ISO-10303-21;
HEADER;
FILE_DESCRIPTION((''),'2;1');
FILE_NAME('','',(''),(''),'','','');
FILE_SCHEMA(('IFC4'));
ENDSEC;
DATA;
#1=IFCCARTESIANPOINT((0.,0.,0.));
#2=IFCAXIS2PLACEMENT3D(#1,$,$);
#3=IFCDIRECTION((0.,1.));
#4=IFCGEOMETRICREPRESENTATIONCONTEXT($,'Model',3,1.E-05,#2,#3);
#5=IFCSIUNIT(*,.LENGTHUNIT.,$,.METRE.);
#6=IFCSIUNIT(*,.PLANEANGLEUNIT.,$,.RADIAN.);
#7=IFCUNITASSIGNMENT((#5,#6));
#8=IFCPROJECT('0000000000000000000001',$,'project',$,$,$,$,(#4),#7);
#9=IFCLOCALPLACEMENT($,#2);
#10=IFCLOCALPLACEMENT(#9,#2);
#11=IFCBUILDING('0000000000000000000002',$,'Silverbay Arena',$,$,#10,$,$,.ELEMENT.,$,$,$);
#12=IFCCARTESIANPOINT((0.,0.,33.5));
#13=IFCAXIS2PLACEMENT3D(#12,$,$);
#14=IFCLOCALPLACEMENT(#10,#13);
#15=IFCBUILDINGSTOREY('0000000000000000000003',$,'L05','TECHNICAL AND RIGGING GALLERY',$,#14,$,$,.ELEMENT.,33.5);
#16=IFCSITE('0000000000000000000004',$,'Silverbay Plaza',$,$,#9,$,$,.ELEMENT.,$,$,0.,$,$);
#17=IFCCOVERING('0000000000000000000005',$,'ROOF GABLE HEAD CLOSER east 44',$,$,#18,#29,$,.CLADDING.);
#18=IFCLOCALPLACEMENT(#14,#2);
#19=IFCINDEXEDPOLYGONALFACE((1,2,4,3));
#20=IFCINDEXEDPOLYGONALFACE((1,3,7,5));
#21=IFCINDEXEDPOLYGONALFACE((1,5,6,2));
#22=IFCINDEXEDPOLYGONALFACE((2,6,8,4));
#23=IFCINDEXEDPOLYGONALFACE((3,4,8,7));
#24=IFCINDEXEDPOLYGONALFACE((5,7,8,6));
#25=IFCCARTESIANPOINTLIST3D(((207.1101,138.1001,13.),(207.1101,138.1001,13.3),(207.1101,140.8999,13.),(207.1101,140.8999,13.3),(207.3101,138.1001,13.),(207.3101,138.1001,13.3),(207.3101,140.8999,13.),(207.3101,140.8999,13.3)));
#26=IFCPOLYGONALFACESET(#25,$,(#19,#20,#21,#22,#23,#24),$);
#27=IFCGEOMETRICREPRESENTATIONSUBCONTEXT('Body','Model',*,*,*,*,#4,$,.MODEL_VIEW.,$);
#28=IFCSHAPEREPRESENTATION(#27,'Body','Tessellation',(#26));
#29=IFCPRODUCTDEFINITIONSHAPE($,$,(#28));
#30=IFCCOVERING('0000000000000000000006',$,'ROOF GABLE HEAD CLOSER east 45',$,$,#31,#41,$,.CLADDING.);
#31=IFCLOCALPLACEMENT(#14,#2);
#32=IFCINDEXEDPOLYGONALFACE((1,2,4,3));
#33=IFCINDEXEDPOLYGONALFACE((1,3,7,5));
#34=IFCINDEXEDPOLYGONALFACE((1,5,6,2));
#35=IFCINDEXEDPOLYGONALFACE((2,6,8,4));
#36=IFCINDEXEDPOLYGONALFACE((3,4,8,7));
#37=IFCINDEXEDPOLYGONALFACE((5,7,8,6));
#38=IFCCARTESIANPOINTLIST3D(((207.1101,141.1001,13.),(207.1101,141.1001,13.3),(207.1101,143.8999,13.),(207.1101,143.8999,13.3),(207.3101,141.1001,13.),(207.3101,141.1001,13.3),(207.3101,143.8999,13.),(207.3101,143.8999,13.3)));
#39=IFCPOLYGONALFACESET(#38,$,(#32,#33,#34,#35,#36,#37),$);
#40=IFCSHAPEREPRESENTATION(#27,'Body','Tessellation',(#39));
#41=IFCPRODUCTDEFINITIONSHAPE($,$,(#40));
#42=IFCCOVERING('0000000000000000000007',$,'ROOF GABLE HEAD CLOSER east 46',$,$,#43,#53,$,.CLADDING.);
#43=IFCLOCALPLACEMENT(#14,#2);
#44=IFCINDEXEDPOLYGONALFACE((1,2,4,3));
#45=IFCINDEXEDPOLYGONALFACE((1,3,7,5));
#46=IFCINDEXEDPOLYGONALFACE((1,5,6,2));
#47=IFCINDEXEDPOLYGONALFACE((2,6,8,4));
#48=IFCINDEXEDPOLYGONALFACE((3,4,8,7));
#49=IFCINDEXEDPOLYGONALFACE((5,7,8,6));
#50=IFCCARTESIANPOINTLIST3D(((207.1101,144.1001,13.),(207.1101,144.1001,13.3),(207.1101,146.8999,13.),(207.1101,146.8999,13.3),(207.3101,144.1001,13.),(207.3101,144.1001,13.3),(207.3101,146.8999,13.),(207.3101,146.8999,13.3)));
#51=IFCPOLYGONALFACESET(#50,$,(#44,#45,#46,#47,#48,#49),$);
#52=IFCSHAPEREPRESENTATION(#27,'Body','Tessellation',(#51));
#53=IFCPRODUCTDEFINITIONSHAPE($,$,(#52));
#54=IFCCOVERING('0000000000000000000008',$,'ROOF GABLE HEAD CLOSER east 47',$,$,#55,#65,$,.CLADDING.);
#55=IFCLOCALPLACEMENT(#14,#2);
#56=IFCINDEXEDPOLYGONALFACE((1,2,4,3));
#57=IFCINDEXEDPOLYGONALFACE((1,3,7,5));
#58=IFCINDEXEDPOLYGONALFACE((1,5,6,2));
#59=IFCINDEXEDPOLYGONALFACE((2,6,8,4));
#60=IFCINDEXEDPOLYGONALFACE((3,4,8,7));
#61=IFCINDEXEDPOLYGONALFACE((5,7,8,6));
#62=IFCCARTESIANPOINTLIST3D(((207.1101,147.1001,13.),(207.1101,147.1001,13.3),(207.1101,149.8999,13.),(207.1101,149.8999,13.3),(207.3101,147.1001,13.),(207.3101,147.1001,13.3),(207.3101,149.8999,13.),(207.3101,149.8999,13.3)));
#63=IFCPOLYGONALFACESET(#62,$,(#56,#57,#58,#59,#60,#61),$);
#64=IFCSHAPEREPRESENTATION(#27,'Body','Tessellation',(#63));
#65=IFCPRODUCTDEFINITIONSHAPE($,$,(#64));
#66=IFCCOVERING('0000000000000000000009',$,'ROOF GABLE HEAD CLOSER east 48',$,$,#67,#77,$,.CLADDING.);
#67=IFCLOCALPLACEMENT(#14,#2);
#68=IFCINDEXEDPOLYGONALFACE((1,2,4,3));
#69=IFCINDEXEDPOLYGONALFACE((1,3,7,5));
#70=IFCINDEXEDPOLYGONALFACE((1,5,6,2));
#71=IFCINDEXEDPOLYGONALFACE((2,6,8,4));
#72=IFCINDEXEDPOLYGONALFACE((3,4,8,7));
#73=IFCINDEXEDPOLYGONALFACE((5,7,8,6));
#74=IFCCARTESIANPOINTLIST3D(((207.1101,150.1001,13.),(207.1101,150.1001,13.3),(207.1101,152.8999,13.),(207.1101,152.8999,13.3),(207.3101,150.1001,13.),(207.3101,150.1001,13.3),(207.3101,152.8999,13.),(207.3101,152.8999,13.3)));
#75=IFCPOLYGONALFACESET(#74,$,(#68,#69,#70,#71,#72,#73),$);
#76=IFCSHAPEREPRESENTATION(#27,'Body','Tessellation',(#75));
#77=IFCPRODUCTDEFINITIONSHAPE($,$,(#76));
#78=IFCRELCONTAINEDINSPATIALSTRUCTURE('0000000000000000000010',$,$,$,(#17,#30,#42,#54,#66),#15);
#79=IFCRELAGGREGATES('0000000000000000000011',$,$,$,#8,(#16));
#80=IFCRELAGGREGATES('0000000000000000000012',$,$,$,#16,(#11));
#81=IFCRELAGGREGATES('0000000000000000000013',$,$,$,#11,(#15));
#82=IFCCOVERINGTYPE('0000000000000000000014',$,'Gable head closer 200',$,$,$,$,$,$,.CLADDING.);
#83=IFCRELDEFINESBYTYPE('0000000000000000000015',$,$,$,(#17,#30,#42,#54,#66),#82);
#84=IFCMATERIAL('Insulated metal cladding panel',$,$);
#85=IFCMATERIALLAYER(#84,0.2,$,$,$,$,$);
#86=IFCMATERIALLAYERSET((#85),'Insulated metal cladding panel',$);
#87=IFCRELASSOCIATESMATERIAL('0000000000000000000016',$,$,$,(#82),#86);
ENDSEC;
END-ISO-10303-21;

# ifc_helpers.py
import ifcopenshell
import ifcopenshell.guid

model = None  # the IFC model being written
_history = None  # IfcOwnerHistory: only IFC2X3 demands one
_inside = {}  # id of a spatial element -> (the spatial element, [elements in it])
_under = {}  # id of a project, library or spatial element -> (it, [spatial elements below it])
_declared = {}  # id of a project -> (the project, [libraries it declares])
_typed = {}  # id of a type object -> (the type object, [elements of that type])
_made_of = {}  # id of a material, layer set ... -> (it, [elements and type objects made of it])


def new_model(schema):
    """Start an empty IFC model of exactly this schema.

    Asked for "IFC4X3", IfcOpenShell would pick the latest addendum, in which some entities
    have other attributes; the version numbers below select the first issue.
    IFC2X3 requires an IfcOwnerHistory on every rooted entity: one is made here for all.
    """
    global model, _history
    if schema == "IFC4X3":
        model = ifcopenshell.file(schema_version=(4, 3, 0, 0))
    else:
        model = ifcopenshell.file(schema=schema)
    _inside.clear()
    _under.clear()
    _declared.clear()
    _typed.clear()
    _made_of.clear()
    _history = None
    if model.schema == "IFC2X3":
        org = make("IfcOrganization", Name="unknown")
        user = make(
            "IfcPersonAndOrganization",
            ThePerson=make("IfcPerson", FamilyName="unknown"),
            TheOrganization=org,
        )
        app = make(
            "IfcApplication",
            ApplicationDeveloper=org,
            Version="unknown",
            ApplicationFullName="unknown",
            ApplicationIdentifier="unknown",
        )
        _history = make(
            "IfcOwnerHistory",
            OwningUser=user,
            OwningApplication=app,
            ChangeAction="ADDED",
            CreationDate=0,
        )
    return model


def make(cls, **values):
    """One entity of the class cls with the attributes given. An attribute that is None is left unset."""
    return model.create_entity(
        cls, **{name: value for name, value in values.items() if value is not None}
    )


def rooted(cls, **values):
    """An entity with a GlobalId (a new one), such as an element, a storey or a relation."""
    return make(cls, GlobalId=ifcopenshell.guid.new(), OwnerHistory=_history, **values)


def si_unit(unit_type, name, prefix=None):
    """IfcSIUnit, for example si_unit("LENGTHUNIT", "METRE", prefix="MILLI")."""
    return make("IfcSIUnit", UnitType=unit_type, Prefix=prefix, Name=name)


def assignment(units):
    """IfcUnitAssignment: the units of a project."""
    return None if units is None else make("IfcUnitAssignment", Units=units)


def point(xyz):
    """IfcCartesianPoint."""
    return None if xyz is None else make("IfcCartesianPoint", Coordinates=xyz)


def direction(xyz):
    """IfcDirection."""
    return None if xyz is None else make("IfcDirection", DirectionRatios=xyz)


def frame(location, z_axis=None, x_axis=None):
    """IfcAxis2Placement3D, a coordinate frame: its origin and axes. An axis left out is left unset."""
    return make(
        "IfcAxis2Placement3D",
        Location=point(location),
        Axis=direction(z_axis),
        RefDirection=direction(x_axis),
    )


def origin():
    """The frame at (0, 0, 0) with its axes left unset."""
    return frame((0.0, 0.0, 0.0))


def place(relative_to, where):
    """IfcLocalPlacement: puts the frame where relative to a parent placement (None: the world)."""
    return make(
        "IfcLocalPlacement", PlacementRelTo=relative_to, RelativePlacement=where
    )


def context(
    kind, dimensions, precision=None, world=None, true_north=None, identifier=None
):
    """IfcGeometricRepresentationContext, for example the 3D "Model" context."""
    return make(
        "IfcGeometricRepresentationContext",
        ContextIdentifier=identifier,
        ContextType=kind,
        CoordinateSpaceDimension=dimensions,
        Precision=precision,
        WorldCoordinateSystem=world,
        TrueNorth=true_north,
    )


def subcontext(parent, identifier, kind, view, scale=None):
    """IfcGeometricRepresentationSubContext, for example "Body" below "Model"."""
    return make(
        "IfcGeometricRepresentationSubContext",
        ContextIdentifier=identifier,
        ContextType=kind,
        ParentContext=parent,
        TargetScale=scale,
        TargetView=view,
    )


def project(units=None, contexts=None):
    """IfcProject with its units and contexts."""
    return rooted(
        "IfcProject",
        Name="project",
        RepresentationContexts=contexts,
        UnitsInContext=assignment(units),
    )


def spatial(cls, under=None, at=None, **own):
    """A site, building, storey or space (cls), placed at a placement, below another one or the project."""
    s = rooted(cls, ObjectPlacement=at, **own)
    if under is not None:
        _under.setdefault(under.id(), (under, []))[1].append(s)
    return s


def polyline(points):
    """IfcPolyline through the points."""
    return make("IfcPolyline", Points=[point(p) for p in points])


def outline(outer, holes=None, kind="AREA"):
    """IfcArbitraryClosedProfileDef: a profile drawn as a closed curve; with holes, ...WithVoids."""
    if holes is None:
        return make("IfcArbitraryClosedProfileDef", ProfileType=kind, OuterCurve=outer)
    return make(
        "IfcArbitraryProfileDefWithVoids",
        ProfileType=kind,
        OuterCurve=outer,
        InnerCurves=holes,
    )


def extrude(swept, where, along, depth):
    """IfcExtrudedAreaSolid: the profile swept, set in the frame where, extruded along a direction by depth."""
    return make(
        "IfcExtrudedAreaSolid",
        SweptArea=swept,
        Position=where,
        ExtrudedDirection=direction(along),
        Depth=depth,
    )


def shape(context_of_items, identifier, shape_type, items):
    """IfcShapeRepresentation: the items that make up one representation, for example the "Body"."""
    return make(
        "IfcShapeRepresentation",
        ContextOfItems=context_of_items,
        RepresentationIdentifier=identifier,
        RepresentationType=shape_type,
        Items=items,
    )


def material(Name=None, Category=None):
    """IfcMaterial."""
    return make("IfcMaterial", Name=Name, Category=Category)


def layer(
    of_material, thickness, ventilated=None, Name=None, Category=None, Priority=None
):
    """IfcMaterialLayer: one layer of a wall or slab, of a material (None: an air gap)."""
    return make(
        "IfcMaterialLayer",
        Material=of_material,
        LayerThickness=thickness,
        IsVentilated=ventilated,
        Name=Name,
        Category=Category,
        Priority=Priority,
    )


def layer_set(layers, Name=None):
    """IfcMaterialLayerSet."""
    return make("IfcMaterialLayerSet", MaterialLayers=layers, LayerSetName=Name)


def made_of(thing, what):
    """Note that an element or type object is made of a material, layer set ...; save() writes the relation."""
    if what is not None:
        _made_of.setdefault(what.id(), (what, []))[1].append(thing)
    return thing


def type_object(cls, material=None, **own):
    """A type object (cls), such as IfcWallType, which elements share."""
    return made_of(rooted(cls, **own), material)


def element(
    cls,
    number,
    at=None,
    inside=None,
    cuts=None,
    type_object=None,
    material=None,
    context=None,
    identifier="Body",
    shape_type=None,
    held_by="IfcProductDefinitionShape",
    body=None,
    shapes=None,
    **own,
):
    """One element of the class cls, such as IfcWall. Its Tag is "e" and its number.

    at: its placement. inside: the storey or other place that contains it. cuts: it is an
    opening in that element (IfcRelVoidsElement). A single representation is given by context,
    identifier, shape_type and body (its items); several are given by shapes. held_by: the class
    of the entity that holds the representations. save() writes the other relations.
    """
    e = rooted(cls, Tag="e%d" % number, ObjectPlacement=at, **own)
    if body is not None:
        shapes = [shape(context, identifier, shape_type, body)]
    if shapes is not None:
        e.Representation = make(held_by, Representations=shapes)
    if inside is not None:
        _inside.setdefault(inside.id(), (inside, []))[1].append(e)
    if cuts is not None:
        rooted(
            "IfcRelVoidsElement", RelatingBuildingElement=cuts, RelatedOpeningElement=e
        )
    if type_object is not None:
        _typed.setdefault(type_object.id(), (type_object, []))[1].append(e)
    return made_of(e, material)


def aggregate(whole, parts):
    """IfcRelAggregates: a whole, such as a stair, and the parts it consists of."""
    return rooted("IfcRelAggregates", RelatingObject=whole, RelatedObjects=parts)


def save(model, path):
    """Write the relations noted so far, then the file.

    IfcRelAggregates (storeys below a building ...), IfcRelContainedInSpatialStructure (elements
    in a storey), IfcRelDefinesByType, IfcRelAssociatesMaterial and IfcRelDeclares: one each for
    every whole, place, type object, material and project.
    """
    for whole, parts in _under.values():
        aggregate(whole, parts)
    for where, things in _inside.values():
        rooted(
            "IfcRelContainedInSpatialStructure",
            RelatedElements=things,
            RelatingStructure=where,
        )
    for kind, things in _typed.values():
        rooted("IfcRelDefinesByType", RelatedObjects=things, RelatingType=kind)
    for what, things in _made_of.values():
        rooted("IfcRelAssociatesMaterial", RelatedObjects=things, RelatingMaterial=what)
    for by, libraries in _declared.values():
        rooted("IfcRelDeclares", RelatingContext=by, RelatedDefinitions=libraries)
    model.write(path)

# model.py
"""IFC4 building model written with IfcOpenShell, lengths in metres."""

from ifc_helpers import new_model, si_unit, direction, frame, origin, place, context, subcontext, project, spatial, polyline, outline, extrude, material, layer, layer_set, type_object, element, save


model = new_model("IFC4")

# Units and contexts
model_context = context("Model", 3, precision=1e-05, world=origin(), true_north=direction((0.0, 1.0)))
body_context = subcontext(model_context, "Body", "Model", "MODEL_VIEW")
ifc_project = project(units=[si_unit("LENGTHUNIT", "METRE"), si_unit("PLANEANGLEUNIT", "RADIAN")], contexts=[model_context])

# Site, building, storey
site_placement = place(None, origin())
site = spatial("IfcSite", under=ifc_project, at=site_placement, Name="Silverbay Plaza", CompositionType="ELEMENT", RefElevation=0.0)
building_placement = place(site_placement, origin())
building = spatial("IfcBuilding", under=site, at=building_placement, Name="Silverbay Arena", CompositionType="ELEMENT")
storey_placement = place(building_placement, frame((0.0, 0.0, 33.5)))
storey = spatial("IfcBuildingStorey", under=building, at=storey_placement, Name="L05", Description="TECHNICAL AND RIGGING GALLERY", CompositionType="ELEMENT", Elevation=33.5)

# Coverings
ifc_material_1 = material(Name="Insulated metal cladding panel")
ifc_layer_1 = layer(ifc_material_1, 0.2)
ifc_layer_set_1 = layer_set([ifc_layer_1], Name="Insulated metal cladding panel")
covering_type = type_object("IfcCoveringType", Name="Gable head closer 200", PredefinedType="CLADDING", material=ifc_layer_set_1)
covering_1_placement = place(storey_placement, frame((0.0, 0.0, 13.0)))
element("IfcCovering", 1, at=covering_1_placement, inside=storey, type_object=covering_type, Name="ROOF GABLE HEAD CLOSER east 44", PredefinedType="CLADDING", context=body_context, shape_type="SweptSolid", body=[
    extrude(outline(polyline([(207.1101, 138.1001), (207.3101, 138.1001), (207.3101, 140.8999), (207.1101, 140.8999), (207.1101, 138.1001)])), origin(), (0.0, 0.0, 1.0), 0.3),
])
covering_2_placement = place(storey_placement, frame((0.0, 0.0, 13.0)))
element("IfcCovering", 2, at=covering_2_placement, inside=storey, type_object=covering_type, Name="ROOF GABLE HEAD CLOSER east 45", PredefinedType="CLADDING", context=body_context, shape_type="SweptSolid", body=[
    extrude(outline(polyline([(207.1101, 141.1001), (207.3101, 141.1001), (207.3101, 143.8999), (207.1101, 143.8999), (207.1101, 141.1001)])), origin(), (0.0, 0.0, 1.0), 0.3),
])
covering_3_placement = place(storey_placement, frame((0.0, 0.0, 13.0)))
element("IfcCovering", 3, at=covering_3_placement, inside=storey, type_object=covering_type, Name="ROOF GABLE HEAD CLOSER east 46", PredefinedType="CLADDING", context=body_context, shape_type="SweptSolid", body=[
    extrude(outline(polyline([(207.1101, 144.1001), (207.3101, 144.1001), (207.3101, 146.8999), (207.1101, 146.8999), (207.1101, 144.1001)])), origin(), (0.0, 0.0, 1.0), 0.3),
])
covering_4_placement = place(storey_placement, frame((0.0, 0.0, 13.0)))
element("IfcCovering", 4, at=covering_4_placement, inside=storey, type_object=covering_type, Name="ROOF GABLE HEAD CLOSER east 47", PredefinedType="CLADDING", context=body_context, shape_type="SweptSolid", body=[
    extrude(outline(polyline([(207.1101, 147.1001), (207.3101, 147.1001), (207.3101, 149.8999), (207.1101, 149.8999), (207.1101, 147.1001)])), origin(), (0.0, 0.0, 1.0), 0.3),
])
covering_5_placement = place(storey_placement, frame((0.0, 0.0, 13.0)))
element("IfcCovering", 5, at=covering_5_placement, inside=storey, type_object=covering_type, Name="ROOF GABLE HEAD CLOSER east 48", PredefinedType="CLADDING", context=body_context, shape_type="SweptSolid", body=[
    extrude(outline(polyline([(207.1101, 150.1001), (207.3101, 150.1001), (207.3101, 152.8999), (207.1101, 152.8999), (207.1101, 150.1001)])), origin(), (0.0, 0.0, 1.0), 0.3),
])

save(model, "model.ifc")
